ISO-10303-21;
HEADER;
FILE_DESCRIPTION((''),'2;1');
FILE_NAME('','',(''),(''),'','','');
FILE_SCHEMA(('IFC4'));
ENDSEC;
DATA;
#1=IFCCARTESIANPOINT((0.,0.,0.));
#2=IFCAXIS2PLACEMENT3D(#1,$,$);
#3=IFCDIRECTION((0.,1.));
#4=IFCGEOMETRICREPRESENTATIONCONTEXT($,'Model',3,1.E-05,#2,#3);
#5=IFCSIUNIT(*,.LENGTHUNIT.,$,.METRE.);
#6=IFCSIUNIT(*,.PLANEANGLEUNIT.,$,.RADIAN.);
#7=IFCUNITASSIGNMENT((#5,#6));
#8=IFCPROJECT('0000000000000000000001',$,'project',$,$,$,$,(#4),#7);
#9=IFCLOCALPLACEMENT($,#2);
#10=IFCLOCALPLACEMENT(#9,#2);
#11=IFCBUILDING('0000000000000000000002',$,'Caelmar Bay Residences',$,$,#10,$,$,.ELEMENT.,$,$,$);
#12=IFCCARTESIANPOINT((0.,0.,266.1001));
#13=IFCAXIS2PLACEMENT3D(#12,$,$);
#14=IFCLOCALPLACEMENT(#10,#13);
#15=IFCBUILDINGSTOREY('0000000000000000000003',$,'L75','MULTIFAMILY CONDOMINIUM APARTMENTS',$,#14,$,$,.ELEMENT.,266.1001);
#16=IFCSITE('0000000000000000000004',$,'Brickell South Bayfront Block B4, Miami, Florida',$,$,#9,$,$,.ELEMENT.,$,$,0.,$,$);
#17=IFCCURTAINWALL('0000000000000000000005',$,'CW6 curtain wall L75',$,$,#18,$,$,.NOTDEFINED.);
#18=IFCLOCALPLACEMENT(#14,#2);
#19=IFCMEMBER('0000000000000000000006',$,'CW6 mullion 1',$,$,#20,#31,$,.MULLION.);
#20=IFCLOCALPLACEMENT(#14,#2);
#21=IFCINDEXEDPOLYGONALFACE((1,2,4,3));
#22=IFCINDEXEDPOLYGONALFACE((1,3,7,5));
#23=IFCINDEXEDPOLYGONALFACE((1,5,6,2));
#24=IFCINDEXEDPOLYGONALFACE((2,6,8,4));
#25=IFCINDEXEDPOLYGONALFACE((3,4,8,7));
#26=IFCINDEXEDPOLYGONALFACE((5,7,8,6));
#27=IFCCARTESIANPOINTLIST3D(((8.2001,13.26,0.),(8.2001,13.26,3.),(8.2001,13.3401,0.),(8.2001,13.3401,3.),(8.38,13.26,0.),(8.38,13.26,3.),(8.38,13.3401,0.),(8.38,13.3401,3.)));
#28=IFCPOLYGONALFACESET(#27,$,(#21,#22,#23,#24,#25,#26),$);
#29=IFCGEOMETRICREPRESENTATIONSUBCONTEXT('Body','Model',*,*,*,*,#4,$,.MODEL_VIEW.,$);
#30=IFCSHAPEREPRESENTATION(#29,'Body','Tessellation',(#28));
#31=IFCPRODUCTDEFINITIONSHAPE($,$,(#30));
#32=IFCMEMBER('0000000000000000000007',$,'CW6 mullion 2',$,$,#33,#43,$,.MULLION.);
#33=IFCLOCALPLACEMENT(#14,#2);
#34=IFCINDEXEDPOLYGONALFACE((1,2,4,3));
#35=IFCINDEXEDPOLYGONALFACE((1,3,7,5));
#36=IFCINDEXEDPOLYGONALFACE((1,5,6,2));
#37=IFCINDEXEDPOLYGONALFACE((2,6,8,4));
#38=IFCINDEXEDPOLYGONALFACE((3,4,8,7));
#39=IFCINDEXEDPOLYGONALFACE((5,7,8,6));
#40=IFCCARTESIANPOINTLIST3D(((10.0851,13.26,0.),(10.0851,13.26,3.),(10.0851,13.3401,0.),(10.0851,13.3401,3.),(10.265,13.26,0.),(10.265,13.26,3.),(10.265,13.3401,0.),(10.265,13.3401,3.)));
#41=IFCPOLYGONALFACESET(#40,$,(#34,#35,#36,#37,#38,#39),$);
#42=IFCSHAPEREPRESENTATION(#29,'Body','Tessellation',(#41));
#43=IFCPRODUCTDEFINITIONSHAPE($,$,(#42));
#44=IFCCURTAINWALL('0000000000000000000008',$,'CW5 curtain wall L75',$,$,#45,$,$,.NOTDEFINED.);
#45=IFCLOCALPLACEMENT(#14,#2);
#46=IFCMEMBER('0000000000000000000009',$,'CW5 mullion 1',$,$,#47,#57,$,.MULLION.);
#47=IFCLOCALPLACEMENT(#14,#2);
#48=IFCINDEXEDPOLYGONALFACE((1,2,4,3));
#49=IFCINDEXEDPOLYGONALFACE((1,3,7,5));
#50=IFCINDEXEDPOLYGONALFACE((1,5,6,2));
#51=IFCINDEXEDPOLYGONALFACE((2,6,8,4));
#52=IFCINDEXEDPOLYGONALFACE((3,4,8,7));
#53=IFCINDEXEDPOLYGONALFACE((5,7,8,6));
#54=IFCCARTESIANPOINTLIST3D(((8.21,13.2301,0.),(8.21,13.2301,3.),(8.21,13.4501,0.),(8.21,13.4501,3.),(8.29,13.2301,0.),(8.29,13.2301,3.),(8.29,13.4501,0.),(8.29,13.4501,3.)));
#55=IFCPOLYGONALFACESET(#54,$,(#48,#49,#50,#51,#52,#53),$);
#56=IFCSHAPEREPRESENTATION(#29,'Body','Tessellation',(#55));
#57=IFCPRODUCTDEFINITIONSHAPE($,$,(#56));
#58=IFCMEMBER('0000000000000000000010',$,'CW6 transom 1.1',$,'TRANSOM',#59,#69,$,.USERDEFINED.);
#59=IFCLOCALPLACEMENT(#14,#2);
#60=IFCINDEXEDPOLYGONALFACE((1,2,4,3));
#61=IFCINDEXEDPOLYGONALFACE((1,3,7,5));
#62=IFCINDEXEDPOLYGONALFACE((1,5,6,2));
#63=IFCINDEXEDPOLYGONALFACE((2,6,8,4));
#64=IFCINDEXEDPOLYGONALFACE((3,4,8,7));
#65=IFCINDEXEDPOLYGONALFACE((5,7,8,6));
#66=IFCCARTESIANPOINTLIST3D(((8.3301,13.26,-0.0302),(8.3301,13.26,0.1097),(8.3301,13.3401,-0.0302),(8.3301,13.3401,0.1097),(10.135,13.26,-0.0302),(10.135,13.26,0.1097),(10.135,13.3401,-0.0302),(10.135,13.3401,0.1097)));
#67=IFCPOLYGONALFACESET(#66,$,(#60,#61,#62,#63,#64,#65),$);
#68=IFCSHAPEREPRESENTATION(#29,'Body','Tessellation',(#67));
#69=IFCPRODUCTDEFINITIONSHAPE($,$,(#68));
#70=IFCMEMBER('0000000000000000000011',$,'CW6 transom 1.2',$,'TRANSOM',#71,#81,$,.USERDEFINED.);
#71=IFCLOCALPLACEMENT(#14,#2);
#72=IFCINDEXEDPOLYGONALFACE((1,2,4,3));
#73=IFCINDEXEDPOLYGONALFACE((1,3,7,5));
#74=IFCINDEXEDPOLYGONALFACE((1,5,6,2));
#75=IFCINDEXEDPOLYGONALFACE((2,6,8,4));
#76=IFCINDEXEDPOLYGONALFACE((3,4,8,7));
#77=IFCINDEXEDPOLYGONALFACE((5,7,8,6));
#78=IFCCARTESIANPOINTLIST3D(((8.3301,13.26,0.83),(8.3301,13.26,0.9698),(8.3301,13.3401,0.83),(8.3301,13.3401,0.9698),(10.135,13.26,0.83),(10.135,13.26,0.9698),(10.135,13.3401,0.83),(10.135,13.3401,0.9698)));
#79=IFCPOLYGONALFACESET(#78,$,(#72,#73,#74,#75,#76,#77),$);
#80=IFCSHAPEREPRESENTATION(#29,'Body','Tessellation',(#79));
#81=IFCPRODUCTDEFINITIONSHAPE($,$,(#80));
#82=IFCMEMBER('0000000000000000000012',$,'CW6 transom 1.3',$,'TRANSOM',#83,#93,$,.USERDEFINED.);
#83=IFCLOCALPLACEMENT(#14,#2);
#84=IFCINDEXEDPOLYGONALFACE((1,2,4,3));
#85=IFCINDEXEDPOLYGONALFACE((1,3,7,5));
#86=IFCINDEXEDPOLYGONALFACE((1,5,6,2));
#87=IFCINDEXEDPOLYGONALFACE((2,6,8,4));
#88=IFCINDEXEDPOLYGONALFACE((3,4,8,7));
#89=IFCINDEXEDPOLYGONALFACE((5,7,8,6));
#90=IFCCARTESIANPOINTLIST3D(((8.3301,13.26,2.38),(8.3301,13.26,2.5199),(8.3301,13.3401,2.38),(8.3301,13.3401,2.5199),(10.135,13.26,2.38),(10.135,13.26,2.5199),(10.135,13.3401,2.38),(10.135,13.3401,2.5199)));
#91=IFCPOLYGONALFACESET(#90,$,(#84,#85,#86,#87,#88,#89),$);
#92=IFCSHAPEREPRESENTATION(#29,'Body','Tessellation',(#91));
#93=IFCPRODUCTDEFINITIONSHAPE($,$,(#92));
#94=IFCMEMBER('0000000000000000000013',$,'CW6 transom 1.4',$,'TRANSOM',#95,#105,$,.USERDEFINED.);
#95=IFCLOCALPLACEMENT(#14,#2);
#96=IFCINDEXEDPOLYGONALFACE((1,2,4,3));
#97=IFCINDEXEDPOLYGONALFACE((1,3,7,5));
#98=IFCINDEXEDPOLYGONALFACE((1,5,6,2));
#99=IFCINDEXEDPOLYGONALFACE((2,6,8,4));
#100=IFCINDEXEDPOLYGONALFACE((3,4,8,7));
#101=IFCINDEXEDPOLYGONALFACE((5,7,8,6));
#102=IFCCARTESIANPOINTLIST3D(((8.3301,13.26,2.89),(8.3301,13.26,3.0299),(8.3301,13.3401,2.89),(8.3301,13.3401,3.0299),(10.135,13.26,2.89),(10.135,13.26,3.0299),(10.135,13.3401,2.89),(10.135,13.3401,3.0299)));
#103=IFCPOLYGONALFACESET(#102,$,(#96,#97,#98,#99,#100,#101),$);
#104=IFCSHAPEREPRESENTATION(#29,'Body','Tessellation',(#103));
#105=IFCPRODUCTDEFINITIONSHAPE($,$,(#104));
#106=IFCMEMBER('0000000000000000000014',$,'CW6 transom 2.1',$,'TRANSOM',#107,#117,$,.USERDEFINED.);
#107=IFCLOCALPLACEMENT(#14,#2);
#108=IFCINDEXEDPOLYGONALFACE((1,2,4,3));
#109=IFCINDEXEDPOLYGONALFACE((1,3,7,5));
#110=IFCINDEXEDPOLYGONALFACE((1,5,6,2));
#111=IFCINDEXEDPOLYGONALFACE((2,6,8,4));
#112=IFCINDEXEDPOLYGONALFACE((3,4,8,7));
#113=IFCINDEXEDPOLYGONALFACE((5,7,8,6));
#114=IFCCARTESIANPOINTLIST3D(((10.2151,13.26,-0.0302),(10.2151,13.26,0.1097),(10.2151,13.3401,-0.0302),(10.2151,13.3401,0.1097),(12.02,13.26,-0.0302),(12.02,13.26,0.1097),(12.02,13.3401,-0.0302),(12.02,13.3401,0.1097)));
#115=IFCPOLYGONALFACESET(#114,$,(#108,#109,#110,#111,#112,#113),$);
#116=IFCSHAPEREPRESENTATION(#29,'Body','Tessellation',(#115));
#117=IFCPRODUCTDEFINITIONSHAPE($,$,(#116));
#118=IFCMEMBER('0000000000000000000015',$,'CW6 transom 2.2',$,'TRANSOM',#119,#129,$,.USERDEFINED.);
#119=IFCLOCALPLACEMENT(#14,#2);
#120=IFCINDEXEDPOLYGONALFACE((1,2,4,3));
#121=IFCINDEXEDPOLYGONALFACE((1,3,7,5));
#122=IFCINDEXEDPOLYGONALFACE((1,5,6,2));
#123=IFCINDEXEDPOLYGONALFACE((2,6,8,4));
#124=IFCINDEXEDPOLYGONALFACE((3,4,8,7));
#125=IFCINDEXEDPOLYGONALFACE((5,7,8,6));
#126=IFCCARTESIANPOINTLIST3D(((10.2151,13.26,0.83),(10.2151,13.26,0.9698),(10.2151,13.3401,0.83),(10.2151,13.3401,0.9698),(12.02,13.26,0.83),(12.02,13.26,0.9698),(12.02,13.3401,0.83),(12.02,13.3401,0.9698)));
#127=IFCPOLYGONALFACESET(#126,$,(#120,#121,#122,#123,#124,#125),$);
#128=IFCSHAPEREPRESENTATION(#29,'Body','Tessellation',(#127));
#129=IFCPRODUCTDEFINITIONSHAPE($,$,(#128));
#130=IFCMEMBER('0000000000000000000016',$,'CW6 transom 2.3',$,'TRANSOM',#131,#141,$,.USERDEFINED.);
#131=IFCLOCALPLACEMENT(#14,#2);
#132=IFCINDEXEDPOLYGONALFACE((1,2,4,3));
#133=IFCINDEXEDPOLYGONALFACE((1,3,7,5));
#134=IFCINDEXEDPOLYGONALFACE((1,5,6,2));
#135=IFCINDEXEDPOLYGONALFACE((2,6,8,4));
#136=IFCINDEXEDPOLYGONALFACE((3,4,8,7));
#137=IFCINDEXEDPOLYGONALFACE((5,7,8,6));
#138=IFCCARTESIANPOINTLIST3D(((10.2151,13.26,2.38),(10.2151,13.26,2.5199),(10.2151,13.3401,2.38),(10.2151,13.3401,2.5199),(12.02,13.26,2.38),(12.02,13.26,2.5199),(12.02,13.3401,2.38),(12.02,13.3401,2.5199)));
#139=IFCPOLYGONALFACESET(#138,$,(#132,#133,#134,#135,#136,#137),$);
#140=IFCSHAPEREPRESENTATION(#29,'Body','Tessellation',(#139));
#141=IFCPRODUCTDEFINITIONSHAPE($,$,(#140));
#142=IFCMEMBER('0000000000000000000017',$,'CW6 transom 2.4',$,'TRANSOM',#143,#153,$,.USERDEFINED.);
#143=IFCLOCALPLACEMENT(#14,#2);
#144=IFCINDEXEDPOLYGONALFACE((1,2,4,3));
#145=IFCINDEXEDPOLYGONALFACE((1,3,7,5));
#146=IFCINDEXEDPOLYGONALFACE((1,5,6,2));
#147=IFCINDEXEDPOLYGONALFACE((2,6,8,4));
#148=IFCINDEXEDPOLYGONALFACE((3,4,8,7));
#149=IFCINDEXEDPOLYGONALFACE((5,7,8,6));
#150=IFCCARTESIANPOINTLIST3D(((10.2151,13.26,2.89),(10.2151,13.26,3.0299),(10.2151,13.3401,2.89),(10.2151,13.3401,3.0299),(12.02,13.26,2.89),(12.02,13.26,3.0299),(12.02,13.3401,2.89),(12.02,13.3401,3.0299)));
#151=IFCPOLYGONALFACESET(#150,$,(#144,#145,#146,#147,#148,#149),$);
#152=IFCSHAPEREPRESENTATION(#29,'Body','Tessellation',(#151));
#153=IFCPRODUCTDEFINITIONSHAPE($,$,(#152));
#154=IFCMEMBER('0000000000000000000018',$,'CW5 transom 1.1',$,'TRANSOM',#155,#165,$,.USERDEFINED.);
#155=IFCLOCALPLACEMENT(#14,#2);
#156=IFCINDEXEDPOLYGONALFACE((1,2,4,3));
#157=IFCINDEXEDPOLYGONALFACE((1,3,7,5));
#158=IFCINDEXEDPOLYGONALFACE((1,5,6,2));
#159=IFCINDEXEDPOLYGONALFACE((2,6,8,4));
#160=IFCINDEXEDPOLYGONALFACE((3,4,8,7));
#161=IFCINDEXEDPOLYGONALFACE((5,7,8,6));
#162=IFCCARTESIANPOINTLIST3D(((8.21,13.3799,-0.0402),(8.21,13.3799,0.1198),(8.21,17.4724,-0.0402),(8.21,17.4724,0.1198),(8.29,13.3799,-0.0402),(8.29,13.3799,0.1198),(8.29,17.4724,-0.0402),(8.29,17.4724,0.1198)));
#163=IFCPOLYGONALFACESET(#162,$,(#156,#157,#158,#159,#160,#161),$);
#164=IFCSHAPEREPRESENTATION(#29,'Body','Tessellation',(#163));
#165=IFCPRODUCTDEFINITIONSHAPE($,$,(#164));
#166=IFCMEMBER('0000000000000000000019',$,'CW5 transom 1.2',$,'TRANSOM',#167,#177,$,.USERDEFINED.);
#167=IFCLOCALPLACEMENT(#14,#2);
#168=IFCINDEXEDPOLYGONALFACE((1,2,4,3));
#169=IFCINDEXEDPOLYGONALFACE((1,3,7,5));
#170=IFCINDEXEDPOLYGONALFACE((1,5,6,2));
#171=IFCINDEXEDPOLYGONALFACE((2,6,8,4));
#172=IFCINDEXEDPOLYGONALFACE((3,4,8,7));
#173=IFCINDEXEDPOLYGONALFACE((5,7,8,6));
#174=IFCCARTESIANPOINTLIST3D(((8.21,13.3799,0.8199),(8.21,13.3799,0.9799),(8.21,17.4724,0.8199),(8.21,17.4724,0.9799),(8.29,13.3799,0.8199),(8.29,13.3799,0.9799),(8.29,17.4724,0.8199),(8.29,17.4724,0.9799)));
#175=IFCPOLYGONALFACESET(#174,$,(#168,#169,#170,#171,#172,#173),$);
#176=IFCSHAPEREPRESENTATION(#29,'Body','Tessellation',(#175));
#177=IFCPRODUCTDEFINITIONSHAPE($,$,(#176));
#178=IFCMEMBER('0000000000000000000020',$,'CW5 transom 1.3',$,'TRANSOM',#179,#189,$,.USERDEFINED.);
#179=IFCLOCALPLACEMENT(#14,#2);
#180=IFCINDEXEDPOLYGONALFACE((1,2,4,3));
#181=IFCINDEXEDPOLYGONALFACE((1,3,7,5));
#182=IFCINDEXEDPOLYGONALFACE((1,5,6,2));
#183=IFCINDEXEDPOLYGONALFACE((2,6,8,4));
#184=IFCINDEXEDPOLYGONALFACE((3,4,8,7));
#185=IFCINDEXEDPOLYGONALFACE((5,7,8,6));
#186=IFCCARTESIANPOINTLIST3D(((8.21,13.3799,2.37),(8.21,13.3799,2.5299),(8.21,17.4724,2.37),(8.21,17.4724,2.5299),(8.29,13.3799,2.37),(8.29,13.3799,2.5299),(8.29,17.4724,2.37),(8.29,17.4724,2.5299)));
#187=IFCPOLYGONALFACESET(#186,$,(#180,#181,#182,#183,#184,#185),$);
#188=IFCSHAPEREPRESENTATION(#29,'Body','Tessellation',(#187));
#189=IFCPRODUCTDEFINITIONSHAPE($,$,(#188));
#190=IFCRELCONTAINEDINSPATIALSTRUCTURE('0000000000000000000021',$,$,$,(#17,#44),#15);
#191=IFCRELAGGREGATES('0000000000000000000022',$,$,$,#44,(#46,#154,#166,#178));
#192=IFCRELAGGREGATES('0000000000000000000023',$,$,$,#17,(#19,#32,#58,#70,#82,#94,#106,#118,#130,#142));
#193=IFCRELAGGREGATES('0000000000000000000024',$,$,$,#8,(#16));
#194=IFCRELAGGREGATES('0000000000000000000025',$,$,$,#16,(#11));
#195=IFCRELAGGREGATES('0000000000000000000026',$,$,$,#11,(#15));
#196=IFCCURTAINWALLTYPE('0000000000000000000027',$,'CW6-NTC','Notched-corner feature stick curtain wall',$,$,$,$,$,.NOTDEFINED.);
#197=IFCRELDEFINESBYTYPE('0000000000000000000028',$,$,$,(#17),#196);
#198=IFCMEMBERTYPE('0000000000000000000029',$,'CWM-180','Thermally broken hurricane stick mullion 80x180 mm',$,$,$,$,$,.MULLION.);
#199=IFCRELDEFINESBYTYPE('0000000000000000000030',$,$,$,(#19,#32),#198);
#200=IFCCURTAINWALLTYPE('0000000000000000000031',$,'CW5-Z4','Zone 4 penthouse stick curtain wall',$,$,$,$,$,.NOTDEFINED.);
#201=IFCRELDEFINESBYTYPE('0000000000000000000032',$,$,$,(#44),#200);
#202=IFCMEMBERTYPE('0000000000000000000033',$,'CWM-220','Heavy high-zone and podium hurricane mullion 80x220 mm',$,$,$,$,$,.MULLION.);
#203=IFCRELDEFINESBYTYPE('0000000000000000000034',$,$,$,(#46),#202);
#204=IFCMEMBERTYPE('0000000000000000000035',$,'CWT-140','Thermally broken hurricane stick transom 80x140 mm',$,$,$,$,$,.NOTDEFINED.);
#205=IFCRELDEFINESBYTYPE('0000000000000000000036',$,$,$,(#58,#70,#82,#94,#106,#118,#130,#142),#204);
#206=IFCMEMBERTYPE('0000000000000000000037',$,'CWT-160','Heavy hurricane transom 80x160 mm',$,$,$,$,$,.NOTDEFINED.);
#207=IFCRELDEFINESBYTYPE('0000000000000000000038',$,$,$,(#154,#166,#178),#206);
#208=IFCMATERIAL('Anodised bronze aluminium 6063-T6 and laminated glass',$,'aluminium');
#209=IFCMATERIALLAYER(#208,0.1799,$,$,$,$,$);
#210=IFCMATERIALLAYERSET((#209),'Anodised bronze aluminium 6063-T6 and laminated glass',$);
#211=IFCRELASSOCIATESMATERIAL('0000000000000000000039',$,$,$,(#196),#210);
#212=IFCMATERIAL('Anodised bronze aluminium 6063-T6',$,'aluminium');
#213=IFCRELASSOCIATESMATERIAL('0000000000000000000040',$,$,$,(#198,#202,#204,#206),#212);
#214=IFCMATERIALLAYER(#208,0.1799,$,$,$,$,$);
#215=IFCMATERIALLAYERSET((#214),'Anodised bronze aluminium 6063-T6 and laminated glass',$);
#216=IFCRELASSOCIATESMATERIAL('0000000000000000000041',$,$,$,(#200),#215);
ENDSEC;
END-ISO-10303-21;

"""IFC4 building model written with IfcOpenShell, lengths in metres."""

from ifc_helpers import new_model, si_unit, direction, frame, origin, origin_2d, place, context, subcontext, project, spatial, rectangle, extrude, material, layer, layer_set, material_profile, profile_set, type_object, element, aggregate, save


model = new_model("IFC4")

# Units and contexts
model_context = context("Model", 3, precision=1e-05, world=origin(), true_north=direction((0.0, 1.0)))
body_context = subcontext(model_context, "Body", "Model", "MODEL_VIEW")
ifc_project = project(units=[si_unit("LENGTHUNIT", "METRE"), si_unit("PLANEANGLEUNIT", "RADIAN")], contexts=[model_context])

# Site, building, storey
site_placement = place(None, origin())
site = spatial("IfcSite", under=ifc_project, at=site_placement, Name="Brickell South Bayfront Block B4, Miami, Florida", CompositionType="ELEMENT", RefElevation=0.0)
building_placement = place(site_placement, origin())
building = spatial("IfcBuilding", under=site, at=building_placement, Name="Caelmar Bay Residences", CompositionType="ELEMENT")
storey_placement = place(building_placement, frame((0.0, 0.0, 266.1001)))
storey = spatial("IfcBuildingStorey", under=building, at=storey_placement, Name="L75", Description="MULTIFAMILY CONDOMINIUM APARTMENTS", CompositionType="ELEMENT", Elevation=266.1001)

# Curtain wall, members
ifc_material_1 = material(Name="Anodised bronze aluminium 6063-T6 and laminated glass", Category="aluminium")
ifc_layer_1 = layer(ifc_material_1, 0.1799)
ifc_layer_set_1 = layer_set([ifc_layer_1], Name="Anodised bronze aluminium 6063-T6 and laminated glass")
curtain_wall_type_1 = type_object("IfcCurtainWallType", Name="CW6-NTC", Description="Notched-corner feature stick curtain wall", PredefinedType="NOTDEFINED", material=ifc_layer_set_1)
curtain_wall_1_placement = place(storey_placement, origin())
curtain_wall_1 = element("IfcCurtainWall", 1, at=curtain_wall_1_placement, inside=storey, type_object=curtain_wall_type_1, Name="CW6 curtain wall L75", PredefinedType="NOTDEFINED")
ifc_material_2 = material(Name="Anodised bronze aluminium 6063-T6", Category="aluminium")
ifc_material_profile_1 = material_profile(ifc_material_2, rectangle(XDim=0.0801, YDim=0.1799, at=origin_2d()), Name="CWM-80X180")
ifc_profile_set_1 = profile_set([ifc_material_profile_1], Name="Anodised bronze aluminium 6063-T6")
member_type_1 = type_object("IfcMemberType", Name="CWM-180", Description="Thermally broken hurricane stick mullion 80x180 mm", PredefinedType="MULLION", material=ifc_profile_set_1)
member_1_placement = place(storey_placement, frame((8.29, 13.3, 0.0), z_axis=(0.0, 0.0, 1.0), x_axis=(0.0, 1.0, 0.0)))
member_1 = element("IfcMember", 2, at=member_1_placement, type_object=member_type_1, Name="CW6 mullion 1", PredefinedType="MULLION", context=body_context, shape_type="SweptSolid", body=[
    extrude(rectangle(XDim=0.0801, YDim=0.1799, at=origin_2d()), origin(), (0.0, 0.0, 1.0), 3.0),
])
member_2_placement = place(storey_placement, frame((10.175, 13.3, 0.0), z_axis=(0.0, 0.0, 1.0), x_axis=(0.0, 1.0, 0.0)))
member_2 = element("IfcMember", 3, at=member_2_placement, type_object=member_type_1, Name="CW6 mullion 2", PredefinedType="MULLION", context=body_context, shape_type="SweptSolid", body=[
    extrude(rectangle(XDim=0.0801, YDim=0.1799, at=origin_2d()), origin(), (0.0, 0.0, 1.0), 3.0),
])

# Curtain wall, member
ifc_layer_2 = layer(ifc_material_1, 0.1799)
ifc_layer_set_2 = layer_set([ifc_layer_2], Name="Anodised bronze aluminium 6063-T6 and laminated glass")
curtain_wall_type_2 = type_object("IfcCurtainWallType", Name="CW5-Z4", Description="Zone 4 penthouse stick curtain wall", PredefinedType="NOTDEFINED", material=ifc_layer_set_2)
curtain_wall_2_placement = place(storey_placement, origin())
curtain_wall_2 = element("IfcCurtainWall", 4, at=curtain_wall_2_placement, inside=storey, type_object=curtain_wall_type_2, Name="CW5 curtain wall L75", PredefinedType="NOTDEFINED")
ifc_material_profile_2 = material_profile(ifc_material_2, rectangle(XDim=0.0801, YDim=0.22, at=origin_2d()), Name="CWM-80X220")
ifc_profile_set_2 = profile_set([ifc_material_profile_2], Name="Anodised bronze aluminium 6063-T6")
member_type_2 = type_object("IfcMemberType", Name="CWM-220", Description="Heavy high-zone and podium hurricane mullion 80x220 mm", PredefinedType="MULLION", material=ifc_profile_set_2)
member_3_placement = place(storey_placement, frame((8.25, 13.3401, 0.0), z_axis=(0.0, 0.0, 1.0), x_axis=(-1.0, 0.0, 0.0)))
member_3 = element("IfcMember", 5, at=member_3_placement, type_object=member_type_2, Name="CW5 mullion 1", PredefinedType="MULLION", context=body_context, shape_type="SweptSolid", body=[
    extrude(rectangle(XDim=0.0801, YDim=0.22, at=origin_2d()), origin(), (0.0, 0.0, 1.0), 3.0),
])

# Members
ifc_material_profile_3 = material_profile(ifc_material_2, rectangle(XDim=0.0801, YDim=0.1399, at=origin_2d()), Name="CWT-80X140")
ifc_profile_set_3 = profile_set([ifc_material_profile_3], Name="Anodised bronze aluminium 6063-T6")
member_type_3 = type_object("IfcMemberType", Name="CWT-140", Description="Thermally broken hurricane stick transom 80x140 mm", PredefinedType="NOTDEFINED", material=ifc_profile_set_3)
member_4_placement = place(storey_placement, frame((8.3301, 13.3, 0.0398), z_axis=(1.0, 0.0, 0.0), x_axis=(0.0, 1.0, 0.0)))
member_4 = element("IfcMember", 6, at=member_4_placement, type_object=member_type_3, Name="CW6 transom 1.1", ObjectType="TRANSOM", PredefinedType="USERDEFINED", context=body_context, shape_type="SweptSolid", body=[
    extrude(rectangle(XDim=0.0801, YDim=0.1399, at=origin_2d()), origin(), (0.0, 0.0, 1.0), 1.8049),
])
member_5_placement = place(storey_placement, frame((8.3301, 13.3, 0.8999), z_axis=(1.0, 0.0, 0.0), x_axis=(0.0, 1.0, 0.0)))
member_5 = element("IfcMember", 7, at=member_5_placement, type_object=member_type_3, Name="CW6 transom 1.2", ObjectType="TRANSOM", PredefinedType="USERDEFINED", context=body_context, shape_type="SweptSolid", body=[
    extrude(rectangle(XDim=0.0801, YDim=0.1399, at=origin_2d()), origin(), (0.0, 0.0, 1.0), 1.8049),
])
member_6_placement = place(storey_placement, frame((8.3301, 13.3, 2.45), z_axis=(1.0, 0.0, 0.0), x_axis=(0.0, 1.0, 0.0)))
member_6 = element("IfcMember", 8, at=member_6_placement, type_object=member_type_3, Name="CW6 transom 1.3", ObjectType="TRANSOM", PredefinedType="USERDEFINED", context=body_context, shape_type="SweptSolid", body=[
    extrude(rectangle(XDim=0.0801, YDim=0.1399, at=origin_2d()), origin(), (0.0, 0.0, 1.0), 1.8049),
])
member_7_placement = place(storey_placement, frame((8.3301, 13.3, 2.96), z_axis=(1.0, 0.0, 0.0), x_axis=(0.0, 1.0, 0.0)))
member_7 = element("IfcMember", 9, at=member_7_placement, type_object=member_type_3, Name="CW6 transom 1.4", ObjectType="TRANSOM", PredefinedType="USERDEFINED", context=body_context, shape_type="SweptSolid", body=[
    extrude(rectangle(XDim=0.0801, YDim=0.1399, at=origin_2d()), origin(), (0.0, 0.0, 1.0), 1.8049),
])
member_8_placement = place(storey_placement, frame((10.2151, 13.3, 0.0398), z_axis=(1.0, 0.0, 0.0), x_axis=(0.0, 1.0, 0.0)))
member_8 = element("IfcMember", 10, at=member_8_placement, type_object=member_type_3, Name="CW6 transom 2.1", ObjectType="TRANSOM", PredefinedType="USERDEFINED", context=body_context, shape_type="SweptSolid", body=[
    extrude(rectangle(XDim=0.0801, YDim=0.1399, at=origin_2d()), origin(), (0.0, 0.0, 1.0), 1.8049),
])
member_9_placement = place(storey_placement, frame((10.2151, 13.3, 0.8999), z_axis=(1.0, 0.0, 0.0), x_axis=(0.0, 1.0, 0.0)))
member_9 = element("IfcMember", 11, at=member_9_placement, type_object=member_type_3, Name="CW6 transom 2.2", ObjectType="TRANSOM", PredefinedType="USERDEFINED", context=body_context, shape_type="SweptSolid", body=[
    extrude(rectangle(XDim=0.0801, YDim=0.1399, at=origin_2d()), origin(), (0.0, 0.0, 1.0), 1.8049),
])
member_10_placement = place(storey_placement, frame((10.2151, 13.3, 2.45), z_axis=(1.0, 0.0, 0.0), x_axis=(0.0, 1.0, 0.0)))
member_10 = element("IfcMember", 12, at=member_10_placement, type_object=member_type_3, Name="CW6 transom 2.3", ObjectType="TRANSOM", PredefinedType="USERDEFINED", context=body_context, shape_type="SweptSolid", body=[
    extrude(rectangle(XDim=0.0801, YDim=0.1399, at=origin_2d()), origin(), (0.0, 0.0, 1.0), 1.8049),
])
member_11_placement = place(storey_placement, frame((10.2151, 13.3, 2.96), z_axis=(1.0, 0.0, 0.0), x_axis=(0.0, 1.0, 0.0)))
member_11 = element("IfcMember", 13, at=member_11_placement, type_object=member_type_3, Name="CW6 transom 2.4", ObjectType="TRANSOM", PredefinedType="USERDEFINED", context=body_context, shape_type="SweptSolid", body=[
    extrude(rectangle(XDim=0.0801, YDim=0.1399, at=origin_2d()), origin(), (0.0, 0.0, 1.0), 1.8049),
])
ifc_material_profile_4 = material_profile(ifc_material_2, rectangle(XDim=0.0801, YDim=0.1599, at=origin_2d()), Name="CWT-80X160")
ifc_profile_set_4 = profile_set([ifc_material_profile_4], Name="Anodised bronze aluminium 6063-T6")
member_type_4 = type_object("IfcMemberType", Name="CWT-160", Description="Heavy hurricane transom 80x160 mm", PredefinedType="NOTDEFINED", material=ifc_profile_set_4)
member_12_placement = place(storey_placement, frame((8.25, 13.3799, 0.0398), z_axis=(0.0, 1.0, 0.0), x_axis=(-1.0, 0.0, 0.0)))
member_12 = element("IfcMember", 14, at=member_12_placement, type_object=member_type_4, Name="CW5 transom 1.1", ObjectType="TRANSOM", PredefinedType="USERDEFINED", context=body_context, shape_type="SweptSolid", body=[
    extrude(rectangle(XDim=0.0801, YDim=0.1599, at=origin_2d()), origin(), (0.0, 0.0, 1.0), 4.0925),
])
member_13_placement = place(storey_placement, frame((8.25, 13.3799, 0.8999), z_axis=(0.0, 1.0, 0.0), x_axis=(-1.0, 0.0, 0.0)))
member_13 = element("IfcMember", 15, at=member_13_placement, type_object=member_type_4, Name="CW5 transom 1.2", ObjectType="TRANSOM", PredefinedType="USERDEFINED", context=body_context, shape_type="SweptSolid", body=[
    extrude(rectangle(XDim=0.0801, YDim=0.1599, at=origin_2d()), origin(), (0.0, 0.0, 1.0), 4.0925),
])
member_14_placement = place(storey_placement, frame((8.25, 13.3799, 2.45), z_axis=(0.0, 1.0, 0.0), x_axis=(-1.0, 0.0, 0.0)))
member_14 = element("IfcMember", 16, at=member_14_placement, type_object=member_type_4, Name="CW5 transom 1.3", ObjectType="TRANSOM", PredefinedType="USERDEFINED", context=body_context, shape_type="SweptSolid", body=[
    extrude(rectangle(XDim=0.0801, YDim=0.1599, at=origin_2d()), origin(), (0.0, 0.0, 1.0), 4.0925),
])
aggregate(curtain_wall_2, [member_3, member_12, member_13, member_14])

aggregate(curtain_wall_1, [member_1, member_2, member_4, member_5, member_6, member_7, member_8, member_9, member_10, member_11])

save(model, "model.ifc")
